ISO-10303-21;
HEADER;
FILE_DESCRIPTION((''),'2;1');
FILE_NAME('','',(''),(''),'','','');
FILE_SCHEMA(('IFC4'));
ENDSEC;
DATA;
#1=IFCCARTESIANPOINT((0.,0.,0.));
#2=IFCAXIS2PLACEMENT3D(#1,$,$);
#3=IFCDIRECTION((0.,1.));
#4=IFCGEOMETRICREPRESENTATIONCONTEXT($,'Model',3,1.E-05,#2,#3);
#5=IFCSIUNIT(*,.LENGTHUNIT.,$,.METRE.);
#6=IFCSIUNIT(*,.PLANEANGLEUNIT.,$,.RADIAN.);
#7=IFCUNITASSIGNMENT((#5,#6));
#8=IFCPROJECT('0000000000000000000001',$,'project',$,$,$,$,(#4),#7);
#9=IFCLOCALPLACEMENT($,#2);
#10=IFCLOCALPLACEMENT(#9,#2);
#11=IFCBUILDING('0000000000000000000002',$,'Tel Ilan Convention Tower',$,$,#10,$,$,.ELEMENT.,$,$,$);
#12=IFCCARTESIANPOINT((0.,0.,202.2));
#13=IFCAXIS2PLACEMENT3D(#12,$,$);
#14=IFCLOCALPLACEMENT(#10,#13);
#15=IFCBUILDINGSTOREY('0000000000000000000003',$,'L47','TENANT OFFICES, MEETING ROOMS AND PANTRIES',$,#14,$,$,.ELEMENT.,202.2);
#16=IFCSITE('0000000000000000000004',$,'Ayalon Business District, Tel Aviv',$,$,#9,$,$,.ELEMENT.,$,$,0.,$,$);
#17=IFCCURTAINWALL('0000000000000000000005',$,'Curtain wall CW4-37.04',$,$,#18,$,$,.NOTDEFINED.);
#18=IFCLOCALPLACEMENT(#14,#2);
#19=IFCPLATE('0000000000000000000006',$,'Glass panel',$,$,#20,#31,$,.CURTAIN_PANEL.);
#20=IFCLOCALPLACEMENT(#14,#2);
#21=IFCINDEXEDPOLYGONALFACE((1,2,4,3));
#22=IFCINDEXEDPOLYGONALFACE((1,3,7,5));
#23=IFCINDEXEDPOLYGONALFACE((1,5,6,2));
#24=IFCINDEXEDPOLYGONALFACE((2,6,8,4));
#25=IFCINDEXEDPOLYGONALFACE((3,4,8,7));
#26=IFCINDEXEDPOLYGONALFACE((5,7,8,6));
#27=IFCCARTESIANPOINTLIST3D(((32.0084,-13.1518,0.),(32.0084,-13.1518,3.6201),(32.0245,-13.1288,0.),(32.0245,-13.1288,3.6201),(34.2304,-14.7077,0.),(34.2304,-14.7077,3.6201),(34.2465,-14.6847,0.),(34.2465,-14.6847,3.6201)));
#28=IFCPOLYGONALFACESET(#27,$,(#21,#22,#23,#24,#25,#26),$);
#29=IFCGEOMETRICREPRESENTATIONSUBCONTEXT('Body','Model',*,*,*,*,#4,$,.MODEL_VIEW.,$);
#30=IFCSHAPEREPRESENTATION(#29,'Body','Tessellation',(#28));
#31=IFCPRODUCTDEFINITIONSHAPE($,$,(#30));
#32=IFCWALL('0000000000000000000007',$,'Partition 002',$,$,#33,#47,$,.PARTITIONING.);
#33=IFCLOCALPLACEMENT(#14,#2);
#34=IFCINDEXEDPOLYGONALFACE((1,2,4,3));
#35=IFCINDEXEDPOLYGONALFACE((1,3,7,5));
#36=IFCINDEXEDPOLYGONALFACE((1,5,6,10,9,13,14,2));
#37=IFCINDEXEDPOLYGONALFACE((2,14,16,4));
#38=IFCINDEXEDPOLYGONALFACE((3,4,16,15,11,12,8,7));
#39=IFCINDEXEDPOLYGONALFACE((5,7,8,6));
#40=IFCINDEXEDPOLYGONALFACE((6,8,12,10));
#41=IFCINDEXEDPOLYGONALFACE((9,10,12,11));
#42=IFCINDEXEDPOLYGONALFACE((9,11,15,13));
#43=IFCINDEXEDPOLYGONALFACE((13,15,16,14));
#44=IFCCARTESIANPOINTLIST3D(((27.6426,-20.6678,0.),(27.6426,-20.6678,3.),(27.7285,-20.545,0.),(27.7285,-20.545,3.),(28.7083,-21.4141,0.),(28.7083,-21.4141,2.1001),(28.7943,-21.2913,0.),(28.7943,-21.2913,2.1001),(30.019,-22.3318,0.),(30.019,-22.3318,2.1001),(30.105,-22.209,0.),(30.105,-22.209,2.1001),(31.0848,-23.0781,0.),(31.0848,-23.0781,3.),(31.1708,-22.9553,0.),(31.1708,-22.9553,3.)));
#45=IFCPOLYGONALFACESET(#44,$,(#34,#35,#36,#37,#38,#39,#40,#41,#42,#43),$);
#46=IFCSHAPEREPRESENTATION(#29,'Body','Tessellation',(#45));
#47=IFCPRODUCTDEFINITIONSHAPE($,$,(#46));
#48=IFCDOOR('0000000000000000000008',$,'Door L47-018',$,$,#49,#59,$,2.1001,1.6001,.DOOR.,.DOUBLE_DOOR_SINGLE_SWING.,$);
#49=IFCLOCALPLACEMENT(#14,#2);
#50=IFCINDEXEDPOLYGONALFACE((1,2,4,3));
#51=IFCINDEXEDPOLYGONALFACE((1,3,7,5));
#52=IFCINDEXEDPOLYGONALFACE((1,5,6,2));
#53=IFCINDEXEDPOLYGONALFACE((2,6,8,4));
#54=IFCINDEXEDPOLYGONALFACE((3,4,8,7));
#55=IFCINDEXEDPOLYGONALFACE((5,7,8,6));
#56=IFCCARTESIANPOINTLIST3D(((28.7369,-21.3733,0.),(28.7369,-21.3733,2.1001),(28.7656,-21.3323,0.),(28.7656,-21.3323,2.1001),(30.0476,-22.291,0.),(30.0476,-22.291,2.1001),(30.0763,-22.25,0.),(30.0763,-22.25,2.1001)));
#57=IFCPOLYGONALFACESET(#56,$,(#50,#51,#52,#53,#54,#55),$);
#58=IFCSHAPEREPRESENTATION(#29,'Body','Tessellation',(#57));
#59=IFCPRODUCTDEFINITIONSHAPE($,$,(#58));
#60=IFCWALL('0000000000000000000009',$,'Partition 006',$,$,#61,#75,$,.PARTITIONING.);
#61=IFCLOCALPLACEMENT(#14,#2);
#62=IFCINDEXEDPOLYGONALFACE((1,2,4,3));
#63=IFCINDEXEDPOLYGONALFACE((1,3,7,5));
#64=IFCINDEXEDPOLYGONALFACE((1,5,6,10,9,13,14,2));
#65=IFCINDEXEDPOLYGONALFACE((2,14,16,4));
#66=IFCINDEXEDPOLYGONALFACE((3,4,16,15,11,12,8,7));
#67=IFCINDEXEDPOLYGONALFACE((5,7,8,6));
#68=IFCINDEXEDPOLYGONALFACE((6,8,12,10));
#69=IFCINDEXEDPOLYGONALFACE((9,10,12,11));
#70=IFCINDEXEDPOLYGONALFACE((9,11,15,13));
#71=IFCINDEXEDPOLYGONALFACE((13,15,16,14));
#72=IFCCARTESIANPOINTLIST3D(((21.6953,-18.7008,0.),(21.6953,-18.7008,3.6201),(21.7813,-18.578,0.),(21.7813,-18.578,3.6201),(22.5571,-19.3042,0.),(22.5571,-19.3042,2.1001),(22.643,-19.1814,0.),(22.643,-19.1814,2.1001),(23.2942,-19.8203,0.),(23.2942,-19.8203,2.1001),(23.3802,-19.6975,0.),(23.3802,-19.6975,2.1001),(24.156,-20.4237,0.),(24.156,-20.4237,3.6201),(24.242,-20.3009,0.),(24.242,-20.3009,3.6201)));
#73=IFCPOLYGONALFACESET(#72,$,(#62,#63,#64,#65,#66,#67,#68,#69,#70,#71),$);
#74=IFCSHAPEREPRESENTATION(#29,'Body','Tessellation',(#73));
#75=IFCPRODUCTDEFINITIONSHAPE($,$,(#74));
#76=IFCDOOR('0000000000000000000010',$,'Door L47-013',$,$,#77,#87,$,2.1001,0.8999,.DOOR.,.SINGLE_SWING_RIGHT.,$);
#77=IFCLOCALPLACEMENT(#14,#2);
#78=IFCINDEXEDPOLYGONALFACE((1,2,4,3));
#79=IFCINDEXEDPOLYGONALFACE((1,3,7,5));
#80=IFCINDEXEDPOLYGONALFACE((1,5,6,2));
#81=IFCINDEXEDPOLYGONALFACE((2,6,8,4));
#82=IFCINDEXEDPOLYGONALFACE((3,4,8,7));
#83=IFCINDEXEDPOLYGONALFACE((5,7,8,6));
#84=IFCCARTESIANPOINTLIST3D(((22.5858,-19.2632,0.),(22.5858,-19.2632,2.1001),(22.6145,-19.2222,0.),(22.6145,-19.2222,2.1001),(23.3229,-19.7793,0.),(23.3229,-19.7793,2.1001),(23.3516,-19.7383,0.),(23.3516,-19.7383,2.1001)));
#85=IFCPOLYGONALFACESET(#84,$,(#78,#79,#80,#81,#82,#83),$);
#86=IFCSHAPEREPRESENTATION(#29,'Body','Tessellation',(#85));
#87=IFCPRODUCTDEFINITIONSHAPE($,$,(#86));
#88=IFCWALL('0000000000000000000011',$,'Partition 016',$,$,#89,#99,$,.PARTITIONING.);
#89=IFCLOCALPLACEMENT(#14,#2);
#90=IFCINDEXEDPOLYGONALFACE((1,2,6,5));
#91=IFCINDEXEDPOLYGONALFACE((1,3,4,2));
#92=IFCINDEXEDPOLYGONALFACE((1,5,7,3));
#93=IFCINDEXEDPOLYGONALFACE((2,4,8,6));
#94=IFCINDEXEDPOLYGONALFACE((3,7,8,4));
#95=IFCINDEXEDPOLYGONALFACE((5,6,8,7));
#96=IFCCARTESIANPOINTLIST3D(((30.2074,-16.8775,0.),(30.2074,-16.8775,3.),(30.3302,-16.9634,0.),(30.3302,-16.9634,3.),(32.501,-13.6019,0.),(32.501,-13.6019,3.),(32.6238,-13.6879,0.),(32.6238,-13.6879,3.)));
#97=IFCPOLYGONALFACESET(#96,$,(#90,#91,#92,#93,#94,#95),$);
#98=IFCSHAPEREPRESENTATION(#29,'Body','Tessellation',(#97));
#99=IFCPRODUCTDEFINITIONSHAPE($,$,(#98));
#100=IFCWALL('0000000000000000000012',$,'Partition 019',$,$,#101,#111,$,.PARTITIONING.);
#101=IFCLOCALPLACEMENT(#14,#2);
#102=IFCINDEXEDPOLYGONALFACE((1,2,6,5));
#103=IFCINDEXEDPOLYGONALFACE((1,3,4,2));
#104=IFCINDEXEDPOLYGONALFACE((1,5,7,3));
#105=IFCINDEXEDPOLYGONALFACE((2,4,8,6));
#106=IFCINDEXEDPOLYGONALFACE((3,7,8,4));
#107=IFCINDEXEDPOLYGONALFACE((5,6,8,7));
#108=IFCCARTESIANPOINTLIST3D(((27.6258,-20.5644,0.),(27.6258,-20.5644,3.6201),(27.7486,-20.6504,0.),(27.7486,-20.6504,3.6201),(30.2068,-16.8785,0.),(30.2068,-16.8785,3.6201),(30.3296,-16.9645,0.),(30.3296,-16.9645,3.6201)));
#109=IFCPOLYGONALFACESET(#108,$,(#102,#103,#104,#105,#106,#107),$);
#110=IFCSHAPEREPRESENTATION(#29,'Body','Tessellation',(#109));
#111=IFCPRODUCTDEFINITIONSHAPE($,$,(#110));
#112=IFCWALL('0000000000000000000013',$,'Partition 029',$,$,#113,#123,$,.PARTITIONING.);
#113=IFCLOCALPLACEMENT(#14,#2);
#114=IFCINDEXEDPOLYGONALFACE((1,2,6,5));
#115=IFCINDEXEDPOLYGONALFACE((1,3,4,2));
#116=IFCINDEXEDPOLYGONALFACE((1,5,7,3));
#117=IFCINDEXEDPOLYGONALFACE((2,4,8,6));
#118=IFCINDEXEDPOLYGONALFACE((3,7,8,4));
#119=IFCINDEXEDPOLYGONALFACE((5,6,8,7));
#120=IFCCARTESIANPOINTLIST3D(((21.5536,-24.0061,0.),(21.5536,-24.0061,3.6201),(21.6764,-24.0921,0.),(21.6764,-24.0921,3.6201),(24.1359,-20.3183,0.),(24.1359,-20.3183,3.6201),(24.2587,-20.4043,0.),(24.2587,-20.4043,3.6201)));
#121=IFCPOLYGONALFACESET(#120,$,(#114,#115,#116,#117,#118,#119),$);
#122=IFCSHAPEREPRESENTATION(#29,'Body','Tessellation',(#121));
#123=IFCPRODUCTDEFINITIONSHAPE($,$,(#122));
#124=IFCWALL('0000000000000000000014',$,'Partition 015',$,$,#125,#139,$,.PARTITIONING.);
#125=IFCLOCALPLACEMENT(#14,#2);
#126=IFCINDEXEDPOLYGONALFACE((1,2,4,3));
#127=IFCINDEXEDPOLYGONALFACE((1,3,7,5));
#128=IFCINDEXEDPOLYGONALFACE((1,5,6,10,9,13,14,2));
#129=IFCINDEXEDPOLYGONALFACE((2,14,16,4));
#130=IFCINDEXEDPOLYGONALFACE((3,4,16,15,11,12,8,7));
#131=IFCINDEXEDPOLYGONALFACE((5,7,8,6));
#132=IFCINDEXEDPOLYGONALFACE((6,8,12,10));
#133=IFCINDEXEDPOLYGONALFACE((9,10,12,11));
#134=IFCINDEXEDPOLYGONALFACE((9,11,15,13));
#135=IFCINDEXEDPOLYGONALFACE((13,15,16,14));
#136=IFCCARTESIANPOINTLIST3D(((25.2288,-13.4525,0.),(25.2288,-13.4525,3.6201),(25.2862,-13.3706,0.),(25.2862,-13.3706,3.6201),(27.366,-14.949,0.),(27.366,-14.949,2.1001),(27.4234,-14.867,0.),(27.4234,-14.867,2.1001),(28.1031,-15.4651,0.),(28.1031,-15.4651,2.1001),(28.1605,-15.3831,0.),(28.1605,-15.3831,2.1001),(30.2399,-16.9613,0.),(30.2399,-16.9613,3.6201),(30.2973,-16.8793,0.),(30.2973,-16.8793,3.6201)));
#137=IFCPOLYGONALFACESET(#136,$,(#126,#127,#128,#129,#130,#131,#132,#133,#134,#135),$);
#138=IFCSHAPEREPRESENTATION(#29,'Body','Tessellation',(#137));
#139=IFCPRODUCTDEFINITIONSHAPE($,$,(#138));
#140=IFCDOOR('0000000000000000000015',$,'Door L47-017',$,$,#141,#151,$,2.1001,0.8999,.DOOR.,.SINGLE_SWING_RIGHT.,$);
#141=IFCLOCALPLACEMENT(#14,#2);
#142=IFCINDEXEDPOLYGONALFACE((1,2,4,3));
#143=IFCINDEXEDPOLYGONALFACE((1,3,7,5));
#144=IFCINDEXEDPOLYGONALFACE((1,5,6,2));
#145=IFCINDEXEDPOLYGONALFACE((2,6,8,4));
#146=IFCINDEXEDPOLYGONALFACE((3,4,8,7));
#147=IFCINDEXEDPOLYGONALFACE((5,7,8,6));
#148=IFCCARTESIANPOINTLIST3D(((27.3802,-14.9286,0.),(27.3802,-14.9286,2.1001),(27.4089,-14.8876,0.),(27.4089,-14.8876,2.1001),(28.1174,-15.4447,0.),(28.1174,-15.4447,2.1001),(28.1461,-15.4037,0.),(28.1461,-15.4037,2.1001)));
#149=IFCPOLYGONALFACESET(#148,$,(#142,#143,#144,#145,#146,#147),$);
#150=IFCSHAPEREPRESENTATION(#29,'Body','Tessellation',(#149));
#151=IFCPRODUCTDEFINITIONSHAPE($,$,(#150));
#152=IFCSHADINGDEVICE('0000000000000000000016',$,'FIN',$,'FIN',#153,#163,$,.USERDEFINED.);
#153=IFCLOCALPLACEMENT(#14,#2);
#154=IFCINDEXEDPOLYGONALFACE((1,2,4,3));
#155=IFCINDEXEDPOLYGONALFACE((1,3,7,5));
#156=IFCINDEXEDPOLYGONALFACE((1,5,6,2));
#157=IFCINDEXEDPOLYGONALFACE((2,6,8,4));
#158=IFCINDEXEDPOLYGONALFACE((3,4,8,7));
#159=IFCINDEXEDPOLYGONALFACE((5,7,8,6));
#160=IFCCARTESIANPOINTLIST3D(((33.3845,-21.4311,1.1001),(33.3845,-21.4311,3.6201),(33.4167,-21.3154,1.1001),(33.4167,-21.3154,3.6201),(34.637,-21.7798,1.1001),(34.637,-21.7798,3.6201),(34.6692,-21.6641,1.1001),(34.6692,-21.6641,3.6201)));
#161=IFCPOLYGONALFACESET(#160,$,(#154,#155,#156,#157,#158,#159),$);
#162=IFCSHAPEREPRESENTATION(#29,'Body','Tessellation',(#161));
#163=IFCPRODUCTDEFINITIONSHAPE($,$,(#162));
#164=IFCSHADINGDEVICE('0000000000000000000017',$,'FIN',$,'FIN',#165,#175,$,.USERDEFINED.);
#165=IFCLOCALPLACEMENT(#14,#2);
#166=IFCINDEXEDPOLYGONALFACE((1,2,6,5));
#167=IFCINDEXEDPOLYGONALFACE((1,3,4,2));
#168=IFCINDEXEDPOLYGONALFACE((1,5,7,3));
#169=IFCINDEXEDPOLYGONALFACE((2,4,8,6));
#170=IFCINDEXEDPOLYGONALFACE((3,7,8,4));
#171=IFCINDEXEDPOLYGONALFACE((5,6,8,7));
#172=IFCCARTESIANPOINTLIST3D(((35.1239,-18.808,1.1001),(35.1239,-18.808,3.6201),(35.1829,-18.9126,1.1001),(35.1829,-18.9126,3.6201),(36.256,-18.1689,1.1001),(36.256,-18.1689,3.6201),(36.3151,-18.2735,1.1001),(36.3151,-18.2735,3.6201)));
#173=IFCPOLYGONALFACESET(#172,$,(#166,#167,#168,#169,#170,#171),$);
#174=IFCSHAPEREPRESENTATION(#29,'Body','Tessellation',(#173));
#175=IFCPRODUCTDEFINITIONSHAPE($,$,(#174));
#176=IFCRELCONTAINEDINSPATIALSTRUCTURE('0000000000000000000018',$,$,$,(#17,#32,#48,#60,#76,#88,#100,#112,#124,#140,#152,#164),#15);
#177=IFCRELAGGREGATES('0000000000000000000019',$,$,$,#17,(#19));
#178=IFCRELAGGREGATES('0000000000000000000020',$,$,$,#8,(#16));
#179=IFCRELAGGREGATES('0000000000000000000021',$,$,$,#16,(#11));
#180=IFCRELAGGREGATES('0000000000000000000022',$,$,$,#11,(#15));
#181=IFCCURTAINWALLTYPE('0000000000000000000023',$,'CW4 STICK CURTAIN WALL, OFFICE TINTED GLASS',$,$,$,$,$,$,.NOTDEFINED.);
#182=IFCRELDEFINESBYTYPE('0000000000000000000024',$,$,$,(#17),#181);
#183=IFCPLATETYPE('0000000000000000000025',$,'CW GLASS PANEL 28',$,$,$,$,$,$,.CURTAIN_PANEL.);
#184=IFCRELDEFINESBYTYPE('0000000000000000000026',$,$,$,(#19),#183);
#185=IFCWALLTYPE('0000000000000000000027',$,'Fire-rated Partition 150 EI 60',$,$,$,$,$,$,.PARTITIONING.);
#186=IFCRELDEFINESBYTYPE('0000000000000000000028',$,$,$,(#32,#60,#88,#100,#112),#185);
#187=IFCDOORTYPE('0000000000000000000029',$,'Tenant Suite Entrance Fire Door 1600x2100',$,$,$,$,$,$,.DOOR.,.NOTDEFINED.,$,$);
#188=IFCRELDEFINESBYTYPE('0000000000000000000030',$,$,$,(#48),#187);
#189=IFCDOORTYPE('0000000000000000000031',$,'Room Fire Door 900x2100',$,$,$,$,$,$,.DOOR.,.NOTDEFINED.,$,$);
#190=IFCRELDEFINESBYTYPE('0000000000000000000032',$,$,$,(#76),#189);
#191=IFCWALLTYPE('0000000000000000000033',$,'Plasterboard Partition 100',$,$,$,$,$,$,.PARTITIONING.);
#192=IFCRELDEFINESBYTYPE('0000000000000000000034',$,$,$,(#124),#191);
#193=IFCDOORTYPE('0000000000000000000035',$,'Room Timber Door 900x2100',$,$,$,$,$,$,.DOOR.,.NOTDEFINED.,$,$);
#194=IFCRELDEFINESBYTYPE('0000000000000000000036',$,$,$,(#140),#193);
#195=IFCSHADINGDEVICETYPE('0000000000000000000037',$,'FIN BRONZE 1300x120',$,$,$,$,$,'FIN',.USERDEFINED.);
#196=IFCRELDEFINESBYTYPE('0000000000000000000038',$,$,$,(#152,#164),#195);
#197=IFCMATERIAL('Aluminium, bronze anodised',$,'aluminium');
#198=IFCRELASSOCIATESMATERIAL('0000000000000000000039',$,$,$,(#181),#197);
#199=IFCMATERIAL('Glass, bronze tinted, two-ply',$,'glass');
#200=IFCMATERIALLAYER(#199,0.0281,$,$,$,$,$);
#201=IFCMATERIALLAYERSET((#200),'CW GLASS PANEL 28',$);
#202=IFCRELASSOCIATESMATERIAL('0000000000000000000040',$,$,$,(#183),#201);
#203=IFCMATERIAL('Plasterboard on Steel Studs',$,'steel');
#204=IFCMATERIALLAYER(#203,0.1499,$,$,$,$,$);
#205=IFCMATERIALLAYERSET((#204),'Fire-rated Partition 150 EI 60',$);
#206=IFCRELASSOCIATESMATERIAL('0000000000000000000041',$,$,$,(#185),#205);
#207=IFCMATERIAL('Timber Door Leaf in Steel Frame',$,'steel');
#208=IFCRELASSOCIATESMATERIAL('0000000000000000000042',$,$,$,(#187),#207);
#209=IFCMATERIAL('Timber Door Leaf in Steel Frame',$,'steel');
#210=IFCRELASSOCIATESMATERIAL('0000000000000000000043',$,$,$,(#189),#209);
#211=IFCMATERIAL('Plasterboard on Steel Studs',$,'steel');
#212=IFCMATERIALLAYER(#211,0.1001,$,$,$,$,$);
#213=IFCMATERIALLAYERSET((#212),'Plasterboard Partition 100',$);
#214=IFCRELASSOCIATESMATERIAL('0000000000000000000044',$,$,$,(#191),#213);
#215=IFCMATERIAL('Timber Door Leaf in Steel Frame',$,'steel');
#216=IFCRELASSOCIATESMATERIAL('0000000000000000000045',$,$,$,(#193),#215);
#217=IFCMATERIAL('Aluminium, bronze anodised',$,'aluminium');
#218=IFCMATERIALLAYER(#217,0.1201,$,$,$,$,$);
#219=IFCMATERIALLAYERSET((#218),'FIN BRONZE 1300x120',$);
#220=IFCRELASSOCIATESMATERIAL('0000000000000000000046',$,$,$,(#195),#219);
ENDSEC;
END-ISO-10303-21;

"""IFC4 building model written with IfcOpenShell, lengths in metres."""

from ifc_helpers import new_model, si_unit, direction, frame, frame_2d, origin, origin_2d, place, context, subcontext, project, spatial, rectangle, extrude, material, layer, layer_set, type_object, element, fill, aggregate, save


model = new_model("IFC4")

# Units and contexts
model_context = context("Model", 3, precision=1e-05, world=origin(), true_north=direction((0.0, 1.0)))
body_context = subcontext(model_context, "Body", "Model", "MODEL_VIEW")
ifc_project = project(units=[si_unit("LENGTHUNIT", "METRE"), si_unit("PLANEANGLEUNIT", "RADIAN")], contexts=[model_context])

# Site, building, storey
site_placement = place(None, origin())
site = spatial("IfcSite", under=ifc_project, at=site_placement, Name="Ayalon Business District, Tel Aviv", CompositionType="ELEMENT", RefElevation=0.0)
building_placement = place(site_placement, origin())
building = spatial("IfcBuilding", under=site, at=building_placement, Name="Tel Ilan Convention Tower", CompositionType="ELEMENT")
storey_placement = place(building_placement, frame((0.0, 0.0, 202.2)))
storey = spatial("IfcBuildingStorey", under=building, at=storey_placement, Name="L47", Description="TENANT OFFICES, MEETING ROOMS AND PANTRIES", CompositionType="ELEMENT", Elevation=202.2)

# Curtain wall, plate
ifc_material_1 = material(Name="Aluminium, bronze anodised", Category="aluminium")
curtain_wall_type = type_object("IfcCurtainWallType", Name="CW4 STICK CURTAIN WALL, OFFICE TINTED GLASS", PredefinedType="NOTDEFINED", material=ifc_material_1)
curtain_wall_placement = place(storey_placement, origin())
curtain_wall = element("IfcCurtainWall", 1, at=curtain_wall_placement, inside=storey, type_object=curtain_wall_type, Name="Curtain wall CW4-37.04", PredefinedType="NOTDEFINED")
ifc_material_2 = material(Name="Glass, bronze tinted, two-ply", Category="glass")
ifc_layer_1 = layer(ifc_material_2, 0.0281)
ifc_layer_set_1 = layer_set([ifc_layer_1], Name="CW GLASS PANEL 28")
plate_type = type_object("IfcPlateType", Name="CW GLASS PANEL 28", PredefinedType="CURTAIN_PANEL", material=ifc_layer_set_1)
plate_1_placement = place(storey_placement, frame((33.1274, -13.9182, 0.0), z_axis=(0.0, 0.0, 1.0), x_axis=(-0.819152, 0.573576, 0.0)))
plate_1 = element("IfcPlate", 2, at=plate_1_placement, type_object=plate_type, Name="Glass panel", PredefinedType="CURTAIN_PANEL", context=body_context, shape_type="SweptSolid", body=[
    extrude(rectangle(XDim=2.7126, YDim=0.0281, at=origin_2d()), origin(), (0.0, 0.0, 1.0), 3.6201),
])
aggregate(curtain_wall, [plate_1])

# Walls, openings, doors
ifc_material_3 = material(Name="Plasterboard on Steel Studs", Category="steel")
ifc_layer_2 = layer(ifc_material_3, 0.1499)
ifc_layer_set_2 = layer_set([ifc_layer_2], Name="Fire-rated Partition 150 EI 60")
wall_type_1 = type_object("IfcWallType", Name="Fire-rated Partition 150 EI 60", PredefinedType="PARTITIONING", material=ifc_layer_set_2)
wall_1_placement = place(storey_placement, frame((27.6855, -20.6064, 0.0), z_axis=(0.0, 0.0, 1.0), x_axis=(0.819158, -0.573568, 0.0)))
wall_1 = element("IfcWall", 3, at=wall_1_placement, inside=storey, type_object=wall_type_1, Name="Partition 002", PredefinedType="PARTITIONING", context=body_context, shape_type="SweptSolid", body=[
    extrude(rectangle(XDim=4.2021, YDim=0.1499, at=frame_2d((2.1011, 0.0))), origin(), (0.0, 0.0, 1.0), 3.0),
])
opening_1_placement = place(wall_1_placement, frame((1.301, 0.0, 0.0)))
opening_1 = element("IfcOpeningElement", 4, at=opening_1_placement, cuts=wall_1, PredefinedType="OPENING", context=body_context, shape_type="SweptSolid", body=[
    extrude(rectangle(XDim=1.6001, YDim=2.1001, at=frame_2d((0.8, 1.05))), frame((0.0, 0.085, 0.0), z_axis=(0.0, -1.0, 0.0), x_axis=(1.0, 0.0, 0.0)), (0.0, 0.0, 1.0), 0.1699),
])
ifc_material_4 = material(Name="Timber Door Leaf in Steel Frame", Category="steel")
door_type_1 = type_object("IfcDoorType", Name="Tenant Suite Entrance Fire Door 1600x2100", OperationType="NOTDEFINED", PredefinedType="DOOR", material=ifc_material_4)
door_1_placement = place(opening_1_placement, origin())
door_1 = element("IfcDoor", 5, at=door_1_placement, inside=storey, type_object=door_type_1, Name="Door L47-018", OperationType="DOUBLE_DOOR_SINGLE_SWING", OverallHeight=2.1001, OverallWidth=1.6001, PredefinedType="DOOR", context=body_context, shape_type="SweptSolid", body=[
    extrude(rectangle(XDim=1.6001, YDim=2.1001, at=frame_2d((0.8, 1.05))), frame((0.0, 0.0249, 0.0), z_axis=(0.0, -1.0, 0.0), x_axis=(1.0, 0.0, 0.0)), (0.0, 0.0, 1.0), 0.05),
])
fill(opening_1, door_1)
wall_2_placement = place(storey_placement, frame((24.199, -20.3623, 0.0), z_axis=(0.0, 0.0, 1.0), x_axis=(-0.819167, 0.573555, 0.0)))
wall_2 = element("IfcWall", 6, at=wall_2_placement, inside=storey, type_object=wall_type_1, Name="Partition 006", PredefinedType="PARTITIONING", context=body_context, shape_type="SweptSolid", body=[
    extrude(rectangle(XDim=3.0039, YDim=0.1499, at=frame_2d((1.502, 0.0))), origin(), (0.0, 0.0, 1.0), 3.6201),
])
opening_2_placement = place(wall_2_placement, frame((1.052, 0.0, 0.0)))
opening_2 = element("IfcOpeningElement", 7, at=opening_2_placement, cuts=wall_2, PredefinedType="OPENING", context=body_context, shape_type="SweptSolid", body=[
    extrude(rectangle(XDim=0.8999, YDim=2.1001, at=frame_2d((0.45, 1.05))), frame((0.0, 0.085, 0.0), z_axis=(0.0, -1.0, 0.0), x_axis=(1.0, 0.0, 0.0)), (0.0, 0.0, 1.0), 0.1699),
])
ifc_material_5 = material(Name="Timber Door Leaf in Steel Frame", Category="steel")
door_type_2 = type_object("IfcDoorType", Name="Room Fire Door 900x2100", OperationType="NOTDEFINED", PredefinedType="DOOR", material=ifc_material_5)
door_2_placement = place(opening_2_placement, origin())
door_2 = element("IfcDoor", 8, at=door_2_placement, inside=storey, type_object=door_type_2, Name="Door L47-013", OperationType="SINGLE_SWING_RIGHT", OverallHeight=2.1001, OverallWidth=0.8999, PredefinedType="DOOR", context=body_context, shape_type="SweptSolid", body=[
    extrude(rectangle(XDim=0.8999, YDim=2.1001, at=frame_2d((0.45, 1.05))), frame((0.0, 0.0249, 0.0), z_axis=(0.0, -1.0, 0.0), x_axis=(1.0, 0.0, 0.0)), (0.0, 0.0, 1.0), 0.05),
])
fill(opening_2, door_2)

# Walls
wall_3_placement = place(storey_placement, frame((32.5625, -13.6448, 0.0), z_axis=(0.0, 0.0, 1.0), x_axis=(-0.573589, -0.819143, 0.0)))
element("IfcWall", 9, at=wall_3_placement, inside=storey, type_object=wall_type_1, Name="Partition 016", PredefinedType="PARTITIONING", context=body_context, shape_type="SweptSolid", body=[
    extrude(rectangle(XDim=3.9988, YDim=0.1499, at=frame_2d((1.9995, 0.0))), origin(), (0.0, 0.0, 1.0), 3.0),
])
wall_4_placement = place(storey_placement, frame((30.2683, -16.9214, 0.0), z_axis=(0.0, 0.0, 1.0), x_axis=(-0.573586, -0.819145, 0.0)))
element("IfcWall", 10, at=wall_4_placement, inside=storey, type_object=wall_type_1, Name="Partition 019", PredefinedType="PARTITIONING", context=body_context, shape_type="SweptSolid", body=[
    extrude(rectangle(XDim=4.4998, YDim=0.1499, at=frame_2d((2.25, 0.0))), origin(), (0.0, 0.0, 1.0), 3.6201),
])
wall_5_placement = place(storey_placement, frame((24.1973, -20.3613, 0.0), z_axis=(0.0, 0.0, 1.0), x_axis=(-0.57359, -0.819143, 0.0)))
element("IfcWall", 11, at=wall_5_placement, inside=storey, type_object=wall_type_1, Name="Partition 029", PredefinedType="PARTITIONING", context=body_context, shape_type="SweptSolid", body=[
    extrude(rectangle(XDim=4.502, YDim=0.1499, at=frame_2d((2.251, 0.0))), origin(), (0.0, 0.0, 1.0), 3.6201),
])

# Wall, opening, door
ifc_material_6 = material(Name="Plasterboard on Steel Studs", Category="steel")
ifc_layer_3 = layer(ifc_material_6, 0.1001)
ifc_layer_set_3 = layer_set([ifc_layer_3], Name="Plasterboard Partition 100")
wall_type_2 = type_object("IfcWallType", Name="Plasterboard Partition 100", PredefinedType="PARTITIONING", material=ifc_layer_set_3)
wall_6_placement = place(storey_placement, frame((25.2576, -13.4116, 0.0), z_axis=(0.0, 0.0, 1.0), x_axis=(0.819161, -0.573564, 0.0)))
wall_6 = element("IfcWall", 12, at=wall_6_placement, inside=storey, type_object=wall_type_2, Name="Partition 015", PredefinedType="PARTITIONING", context=body_context, shape_type="SweptSolid", body=[
    extrude(rectangle(XDim=6.1174, YDim=0.1001, at=frame_2d((3.0586, 0.0))), origin(), (0.0, 0.0, 1.0), 3.6201),
])
opening_3_placement = place(wall_6_placement, frame((2.6089, 0.0, 0.0)))
opening_3 = element("IfcOpeningElement", 13, at=opening_3_placement, cuts=wall_6, PredefinedType="OPENING", context=body_context, shape_type="SweptSolid", body=[
    extrude(rectangle(XDim=0.8999, YDim=2.1001, at=frame_2d((0.45, 1.05))), frame((0.0, 0.0601, 0.0), z_axis=(0.0, -1.0, 0.0), x_axis=(1.0, 0.0, 0.0)), (0.0, 0.0, 1.0), 0.1201),
])
ifc_material_7 = material(Name="Timber Door Leaf in Steel Frame", Category="steel")
door_type_3 = type_object("IfcDoorType", Name="Room Timber Door 900x2100", OperationType="NOTDEFINED", PredefinedType="DOOR", material=ifc_material_7)
door_3_placement = place(opening_3_placement, origin())
door_3 = element("IfcDoor", 14, at=door_3_placement, inside=storey, type_object=door_type_3, Name="Door L47-017", OperationType="SINGLE_SWING_RIGHT", OverallHeight=2.1001, OverallWidth=0.8999, PredefinedType="DOOR", context=body_context, shape_type="SweptSolid", body=[
    extrude(rectangle(XDim=0.8999, YDim=2.1001, at=frame_2d((0.45, 1.05))), frame((0.0, 0.0249, 0.0), z_axis=(0.0, -1.0, 0.0), x_axis=(1.0, 0.0, 0.0)), (0.0, 0.0, 1.0), 0.05),
])
fill(opening_3, door_3)

# Shading devices
ifc_material_8 = material(Name="Aluminium, bronze anodised", Category="aluminium")
ifc_layer_4 = layer(ifc_material_8, 0.1201)
ifc_layer_set_4 = layer_set([ifc_layer_4], Name="FIN BRONZE 1300x120")
shading_device_type = type_object("IfcShadingDeviceType", Name="FIN BRONZE 1300x120", ElementType="FIN", PredefinedType="USERDEFINED", material=ifc_layer_set_4)
for number, where, z_axis, x_axis, name in (
    (15, (34.0269, -21.5476, 1.1001), (0.0, 0.0, 1.0), (0.963371, -0.268173, 0.0), "FIN"),
    (16, (35.7195, -18.5408, 1.1001), (0.0, 0.0, 1.0), (0.870833, 0.491579, 0.0), "FIN"),
):
    element("IfcShadingDevice", number, at=place(storey_placement, frame(where, z_axis=z_axis, x_axis=x_axis)), inside=storey, type_object=shading_device_type, Name=name, ObjectType="FIN", PredefinedType="USERDEFINED", context=body_context, shape_type="SweptSolid", body=[
        extrude(rectangle(XDim=1.3, YDim=0.1201, at=origin_2d()), origin(), (0.0, 0.0, 1.0), 2.52),
    ])

save(model, "model.ifc")
